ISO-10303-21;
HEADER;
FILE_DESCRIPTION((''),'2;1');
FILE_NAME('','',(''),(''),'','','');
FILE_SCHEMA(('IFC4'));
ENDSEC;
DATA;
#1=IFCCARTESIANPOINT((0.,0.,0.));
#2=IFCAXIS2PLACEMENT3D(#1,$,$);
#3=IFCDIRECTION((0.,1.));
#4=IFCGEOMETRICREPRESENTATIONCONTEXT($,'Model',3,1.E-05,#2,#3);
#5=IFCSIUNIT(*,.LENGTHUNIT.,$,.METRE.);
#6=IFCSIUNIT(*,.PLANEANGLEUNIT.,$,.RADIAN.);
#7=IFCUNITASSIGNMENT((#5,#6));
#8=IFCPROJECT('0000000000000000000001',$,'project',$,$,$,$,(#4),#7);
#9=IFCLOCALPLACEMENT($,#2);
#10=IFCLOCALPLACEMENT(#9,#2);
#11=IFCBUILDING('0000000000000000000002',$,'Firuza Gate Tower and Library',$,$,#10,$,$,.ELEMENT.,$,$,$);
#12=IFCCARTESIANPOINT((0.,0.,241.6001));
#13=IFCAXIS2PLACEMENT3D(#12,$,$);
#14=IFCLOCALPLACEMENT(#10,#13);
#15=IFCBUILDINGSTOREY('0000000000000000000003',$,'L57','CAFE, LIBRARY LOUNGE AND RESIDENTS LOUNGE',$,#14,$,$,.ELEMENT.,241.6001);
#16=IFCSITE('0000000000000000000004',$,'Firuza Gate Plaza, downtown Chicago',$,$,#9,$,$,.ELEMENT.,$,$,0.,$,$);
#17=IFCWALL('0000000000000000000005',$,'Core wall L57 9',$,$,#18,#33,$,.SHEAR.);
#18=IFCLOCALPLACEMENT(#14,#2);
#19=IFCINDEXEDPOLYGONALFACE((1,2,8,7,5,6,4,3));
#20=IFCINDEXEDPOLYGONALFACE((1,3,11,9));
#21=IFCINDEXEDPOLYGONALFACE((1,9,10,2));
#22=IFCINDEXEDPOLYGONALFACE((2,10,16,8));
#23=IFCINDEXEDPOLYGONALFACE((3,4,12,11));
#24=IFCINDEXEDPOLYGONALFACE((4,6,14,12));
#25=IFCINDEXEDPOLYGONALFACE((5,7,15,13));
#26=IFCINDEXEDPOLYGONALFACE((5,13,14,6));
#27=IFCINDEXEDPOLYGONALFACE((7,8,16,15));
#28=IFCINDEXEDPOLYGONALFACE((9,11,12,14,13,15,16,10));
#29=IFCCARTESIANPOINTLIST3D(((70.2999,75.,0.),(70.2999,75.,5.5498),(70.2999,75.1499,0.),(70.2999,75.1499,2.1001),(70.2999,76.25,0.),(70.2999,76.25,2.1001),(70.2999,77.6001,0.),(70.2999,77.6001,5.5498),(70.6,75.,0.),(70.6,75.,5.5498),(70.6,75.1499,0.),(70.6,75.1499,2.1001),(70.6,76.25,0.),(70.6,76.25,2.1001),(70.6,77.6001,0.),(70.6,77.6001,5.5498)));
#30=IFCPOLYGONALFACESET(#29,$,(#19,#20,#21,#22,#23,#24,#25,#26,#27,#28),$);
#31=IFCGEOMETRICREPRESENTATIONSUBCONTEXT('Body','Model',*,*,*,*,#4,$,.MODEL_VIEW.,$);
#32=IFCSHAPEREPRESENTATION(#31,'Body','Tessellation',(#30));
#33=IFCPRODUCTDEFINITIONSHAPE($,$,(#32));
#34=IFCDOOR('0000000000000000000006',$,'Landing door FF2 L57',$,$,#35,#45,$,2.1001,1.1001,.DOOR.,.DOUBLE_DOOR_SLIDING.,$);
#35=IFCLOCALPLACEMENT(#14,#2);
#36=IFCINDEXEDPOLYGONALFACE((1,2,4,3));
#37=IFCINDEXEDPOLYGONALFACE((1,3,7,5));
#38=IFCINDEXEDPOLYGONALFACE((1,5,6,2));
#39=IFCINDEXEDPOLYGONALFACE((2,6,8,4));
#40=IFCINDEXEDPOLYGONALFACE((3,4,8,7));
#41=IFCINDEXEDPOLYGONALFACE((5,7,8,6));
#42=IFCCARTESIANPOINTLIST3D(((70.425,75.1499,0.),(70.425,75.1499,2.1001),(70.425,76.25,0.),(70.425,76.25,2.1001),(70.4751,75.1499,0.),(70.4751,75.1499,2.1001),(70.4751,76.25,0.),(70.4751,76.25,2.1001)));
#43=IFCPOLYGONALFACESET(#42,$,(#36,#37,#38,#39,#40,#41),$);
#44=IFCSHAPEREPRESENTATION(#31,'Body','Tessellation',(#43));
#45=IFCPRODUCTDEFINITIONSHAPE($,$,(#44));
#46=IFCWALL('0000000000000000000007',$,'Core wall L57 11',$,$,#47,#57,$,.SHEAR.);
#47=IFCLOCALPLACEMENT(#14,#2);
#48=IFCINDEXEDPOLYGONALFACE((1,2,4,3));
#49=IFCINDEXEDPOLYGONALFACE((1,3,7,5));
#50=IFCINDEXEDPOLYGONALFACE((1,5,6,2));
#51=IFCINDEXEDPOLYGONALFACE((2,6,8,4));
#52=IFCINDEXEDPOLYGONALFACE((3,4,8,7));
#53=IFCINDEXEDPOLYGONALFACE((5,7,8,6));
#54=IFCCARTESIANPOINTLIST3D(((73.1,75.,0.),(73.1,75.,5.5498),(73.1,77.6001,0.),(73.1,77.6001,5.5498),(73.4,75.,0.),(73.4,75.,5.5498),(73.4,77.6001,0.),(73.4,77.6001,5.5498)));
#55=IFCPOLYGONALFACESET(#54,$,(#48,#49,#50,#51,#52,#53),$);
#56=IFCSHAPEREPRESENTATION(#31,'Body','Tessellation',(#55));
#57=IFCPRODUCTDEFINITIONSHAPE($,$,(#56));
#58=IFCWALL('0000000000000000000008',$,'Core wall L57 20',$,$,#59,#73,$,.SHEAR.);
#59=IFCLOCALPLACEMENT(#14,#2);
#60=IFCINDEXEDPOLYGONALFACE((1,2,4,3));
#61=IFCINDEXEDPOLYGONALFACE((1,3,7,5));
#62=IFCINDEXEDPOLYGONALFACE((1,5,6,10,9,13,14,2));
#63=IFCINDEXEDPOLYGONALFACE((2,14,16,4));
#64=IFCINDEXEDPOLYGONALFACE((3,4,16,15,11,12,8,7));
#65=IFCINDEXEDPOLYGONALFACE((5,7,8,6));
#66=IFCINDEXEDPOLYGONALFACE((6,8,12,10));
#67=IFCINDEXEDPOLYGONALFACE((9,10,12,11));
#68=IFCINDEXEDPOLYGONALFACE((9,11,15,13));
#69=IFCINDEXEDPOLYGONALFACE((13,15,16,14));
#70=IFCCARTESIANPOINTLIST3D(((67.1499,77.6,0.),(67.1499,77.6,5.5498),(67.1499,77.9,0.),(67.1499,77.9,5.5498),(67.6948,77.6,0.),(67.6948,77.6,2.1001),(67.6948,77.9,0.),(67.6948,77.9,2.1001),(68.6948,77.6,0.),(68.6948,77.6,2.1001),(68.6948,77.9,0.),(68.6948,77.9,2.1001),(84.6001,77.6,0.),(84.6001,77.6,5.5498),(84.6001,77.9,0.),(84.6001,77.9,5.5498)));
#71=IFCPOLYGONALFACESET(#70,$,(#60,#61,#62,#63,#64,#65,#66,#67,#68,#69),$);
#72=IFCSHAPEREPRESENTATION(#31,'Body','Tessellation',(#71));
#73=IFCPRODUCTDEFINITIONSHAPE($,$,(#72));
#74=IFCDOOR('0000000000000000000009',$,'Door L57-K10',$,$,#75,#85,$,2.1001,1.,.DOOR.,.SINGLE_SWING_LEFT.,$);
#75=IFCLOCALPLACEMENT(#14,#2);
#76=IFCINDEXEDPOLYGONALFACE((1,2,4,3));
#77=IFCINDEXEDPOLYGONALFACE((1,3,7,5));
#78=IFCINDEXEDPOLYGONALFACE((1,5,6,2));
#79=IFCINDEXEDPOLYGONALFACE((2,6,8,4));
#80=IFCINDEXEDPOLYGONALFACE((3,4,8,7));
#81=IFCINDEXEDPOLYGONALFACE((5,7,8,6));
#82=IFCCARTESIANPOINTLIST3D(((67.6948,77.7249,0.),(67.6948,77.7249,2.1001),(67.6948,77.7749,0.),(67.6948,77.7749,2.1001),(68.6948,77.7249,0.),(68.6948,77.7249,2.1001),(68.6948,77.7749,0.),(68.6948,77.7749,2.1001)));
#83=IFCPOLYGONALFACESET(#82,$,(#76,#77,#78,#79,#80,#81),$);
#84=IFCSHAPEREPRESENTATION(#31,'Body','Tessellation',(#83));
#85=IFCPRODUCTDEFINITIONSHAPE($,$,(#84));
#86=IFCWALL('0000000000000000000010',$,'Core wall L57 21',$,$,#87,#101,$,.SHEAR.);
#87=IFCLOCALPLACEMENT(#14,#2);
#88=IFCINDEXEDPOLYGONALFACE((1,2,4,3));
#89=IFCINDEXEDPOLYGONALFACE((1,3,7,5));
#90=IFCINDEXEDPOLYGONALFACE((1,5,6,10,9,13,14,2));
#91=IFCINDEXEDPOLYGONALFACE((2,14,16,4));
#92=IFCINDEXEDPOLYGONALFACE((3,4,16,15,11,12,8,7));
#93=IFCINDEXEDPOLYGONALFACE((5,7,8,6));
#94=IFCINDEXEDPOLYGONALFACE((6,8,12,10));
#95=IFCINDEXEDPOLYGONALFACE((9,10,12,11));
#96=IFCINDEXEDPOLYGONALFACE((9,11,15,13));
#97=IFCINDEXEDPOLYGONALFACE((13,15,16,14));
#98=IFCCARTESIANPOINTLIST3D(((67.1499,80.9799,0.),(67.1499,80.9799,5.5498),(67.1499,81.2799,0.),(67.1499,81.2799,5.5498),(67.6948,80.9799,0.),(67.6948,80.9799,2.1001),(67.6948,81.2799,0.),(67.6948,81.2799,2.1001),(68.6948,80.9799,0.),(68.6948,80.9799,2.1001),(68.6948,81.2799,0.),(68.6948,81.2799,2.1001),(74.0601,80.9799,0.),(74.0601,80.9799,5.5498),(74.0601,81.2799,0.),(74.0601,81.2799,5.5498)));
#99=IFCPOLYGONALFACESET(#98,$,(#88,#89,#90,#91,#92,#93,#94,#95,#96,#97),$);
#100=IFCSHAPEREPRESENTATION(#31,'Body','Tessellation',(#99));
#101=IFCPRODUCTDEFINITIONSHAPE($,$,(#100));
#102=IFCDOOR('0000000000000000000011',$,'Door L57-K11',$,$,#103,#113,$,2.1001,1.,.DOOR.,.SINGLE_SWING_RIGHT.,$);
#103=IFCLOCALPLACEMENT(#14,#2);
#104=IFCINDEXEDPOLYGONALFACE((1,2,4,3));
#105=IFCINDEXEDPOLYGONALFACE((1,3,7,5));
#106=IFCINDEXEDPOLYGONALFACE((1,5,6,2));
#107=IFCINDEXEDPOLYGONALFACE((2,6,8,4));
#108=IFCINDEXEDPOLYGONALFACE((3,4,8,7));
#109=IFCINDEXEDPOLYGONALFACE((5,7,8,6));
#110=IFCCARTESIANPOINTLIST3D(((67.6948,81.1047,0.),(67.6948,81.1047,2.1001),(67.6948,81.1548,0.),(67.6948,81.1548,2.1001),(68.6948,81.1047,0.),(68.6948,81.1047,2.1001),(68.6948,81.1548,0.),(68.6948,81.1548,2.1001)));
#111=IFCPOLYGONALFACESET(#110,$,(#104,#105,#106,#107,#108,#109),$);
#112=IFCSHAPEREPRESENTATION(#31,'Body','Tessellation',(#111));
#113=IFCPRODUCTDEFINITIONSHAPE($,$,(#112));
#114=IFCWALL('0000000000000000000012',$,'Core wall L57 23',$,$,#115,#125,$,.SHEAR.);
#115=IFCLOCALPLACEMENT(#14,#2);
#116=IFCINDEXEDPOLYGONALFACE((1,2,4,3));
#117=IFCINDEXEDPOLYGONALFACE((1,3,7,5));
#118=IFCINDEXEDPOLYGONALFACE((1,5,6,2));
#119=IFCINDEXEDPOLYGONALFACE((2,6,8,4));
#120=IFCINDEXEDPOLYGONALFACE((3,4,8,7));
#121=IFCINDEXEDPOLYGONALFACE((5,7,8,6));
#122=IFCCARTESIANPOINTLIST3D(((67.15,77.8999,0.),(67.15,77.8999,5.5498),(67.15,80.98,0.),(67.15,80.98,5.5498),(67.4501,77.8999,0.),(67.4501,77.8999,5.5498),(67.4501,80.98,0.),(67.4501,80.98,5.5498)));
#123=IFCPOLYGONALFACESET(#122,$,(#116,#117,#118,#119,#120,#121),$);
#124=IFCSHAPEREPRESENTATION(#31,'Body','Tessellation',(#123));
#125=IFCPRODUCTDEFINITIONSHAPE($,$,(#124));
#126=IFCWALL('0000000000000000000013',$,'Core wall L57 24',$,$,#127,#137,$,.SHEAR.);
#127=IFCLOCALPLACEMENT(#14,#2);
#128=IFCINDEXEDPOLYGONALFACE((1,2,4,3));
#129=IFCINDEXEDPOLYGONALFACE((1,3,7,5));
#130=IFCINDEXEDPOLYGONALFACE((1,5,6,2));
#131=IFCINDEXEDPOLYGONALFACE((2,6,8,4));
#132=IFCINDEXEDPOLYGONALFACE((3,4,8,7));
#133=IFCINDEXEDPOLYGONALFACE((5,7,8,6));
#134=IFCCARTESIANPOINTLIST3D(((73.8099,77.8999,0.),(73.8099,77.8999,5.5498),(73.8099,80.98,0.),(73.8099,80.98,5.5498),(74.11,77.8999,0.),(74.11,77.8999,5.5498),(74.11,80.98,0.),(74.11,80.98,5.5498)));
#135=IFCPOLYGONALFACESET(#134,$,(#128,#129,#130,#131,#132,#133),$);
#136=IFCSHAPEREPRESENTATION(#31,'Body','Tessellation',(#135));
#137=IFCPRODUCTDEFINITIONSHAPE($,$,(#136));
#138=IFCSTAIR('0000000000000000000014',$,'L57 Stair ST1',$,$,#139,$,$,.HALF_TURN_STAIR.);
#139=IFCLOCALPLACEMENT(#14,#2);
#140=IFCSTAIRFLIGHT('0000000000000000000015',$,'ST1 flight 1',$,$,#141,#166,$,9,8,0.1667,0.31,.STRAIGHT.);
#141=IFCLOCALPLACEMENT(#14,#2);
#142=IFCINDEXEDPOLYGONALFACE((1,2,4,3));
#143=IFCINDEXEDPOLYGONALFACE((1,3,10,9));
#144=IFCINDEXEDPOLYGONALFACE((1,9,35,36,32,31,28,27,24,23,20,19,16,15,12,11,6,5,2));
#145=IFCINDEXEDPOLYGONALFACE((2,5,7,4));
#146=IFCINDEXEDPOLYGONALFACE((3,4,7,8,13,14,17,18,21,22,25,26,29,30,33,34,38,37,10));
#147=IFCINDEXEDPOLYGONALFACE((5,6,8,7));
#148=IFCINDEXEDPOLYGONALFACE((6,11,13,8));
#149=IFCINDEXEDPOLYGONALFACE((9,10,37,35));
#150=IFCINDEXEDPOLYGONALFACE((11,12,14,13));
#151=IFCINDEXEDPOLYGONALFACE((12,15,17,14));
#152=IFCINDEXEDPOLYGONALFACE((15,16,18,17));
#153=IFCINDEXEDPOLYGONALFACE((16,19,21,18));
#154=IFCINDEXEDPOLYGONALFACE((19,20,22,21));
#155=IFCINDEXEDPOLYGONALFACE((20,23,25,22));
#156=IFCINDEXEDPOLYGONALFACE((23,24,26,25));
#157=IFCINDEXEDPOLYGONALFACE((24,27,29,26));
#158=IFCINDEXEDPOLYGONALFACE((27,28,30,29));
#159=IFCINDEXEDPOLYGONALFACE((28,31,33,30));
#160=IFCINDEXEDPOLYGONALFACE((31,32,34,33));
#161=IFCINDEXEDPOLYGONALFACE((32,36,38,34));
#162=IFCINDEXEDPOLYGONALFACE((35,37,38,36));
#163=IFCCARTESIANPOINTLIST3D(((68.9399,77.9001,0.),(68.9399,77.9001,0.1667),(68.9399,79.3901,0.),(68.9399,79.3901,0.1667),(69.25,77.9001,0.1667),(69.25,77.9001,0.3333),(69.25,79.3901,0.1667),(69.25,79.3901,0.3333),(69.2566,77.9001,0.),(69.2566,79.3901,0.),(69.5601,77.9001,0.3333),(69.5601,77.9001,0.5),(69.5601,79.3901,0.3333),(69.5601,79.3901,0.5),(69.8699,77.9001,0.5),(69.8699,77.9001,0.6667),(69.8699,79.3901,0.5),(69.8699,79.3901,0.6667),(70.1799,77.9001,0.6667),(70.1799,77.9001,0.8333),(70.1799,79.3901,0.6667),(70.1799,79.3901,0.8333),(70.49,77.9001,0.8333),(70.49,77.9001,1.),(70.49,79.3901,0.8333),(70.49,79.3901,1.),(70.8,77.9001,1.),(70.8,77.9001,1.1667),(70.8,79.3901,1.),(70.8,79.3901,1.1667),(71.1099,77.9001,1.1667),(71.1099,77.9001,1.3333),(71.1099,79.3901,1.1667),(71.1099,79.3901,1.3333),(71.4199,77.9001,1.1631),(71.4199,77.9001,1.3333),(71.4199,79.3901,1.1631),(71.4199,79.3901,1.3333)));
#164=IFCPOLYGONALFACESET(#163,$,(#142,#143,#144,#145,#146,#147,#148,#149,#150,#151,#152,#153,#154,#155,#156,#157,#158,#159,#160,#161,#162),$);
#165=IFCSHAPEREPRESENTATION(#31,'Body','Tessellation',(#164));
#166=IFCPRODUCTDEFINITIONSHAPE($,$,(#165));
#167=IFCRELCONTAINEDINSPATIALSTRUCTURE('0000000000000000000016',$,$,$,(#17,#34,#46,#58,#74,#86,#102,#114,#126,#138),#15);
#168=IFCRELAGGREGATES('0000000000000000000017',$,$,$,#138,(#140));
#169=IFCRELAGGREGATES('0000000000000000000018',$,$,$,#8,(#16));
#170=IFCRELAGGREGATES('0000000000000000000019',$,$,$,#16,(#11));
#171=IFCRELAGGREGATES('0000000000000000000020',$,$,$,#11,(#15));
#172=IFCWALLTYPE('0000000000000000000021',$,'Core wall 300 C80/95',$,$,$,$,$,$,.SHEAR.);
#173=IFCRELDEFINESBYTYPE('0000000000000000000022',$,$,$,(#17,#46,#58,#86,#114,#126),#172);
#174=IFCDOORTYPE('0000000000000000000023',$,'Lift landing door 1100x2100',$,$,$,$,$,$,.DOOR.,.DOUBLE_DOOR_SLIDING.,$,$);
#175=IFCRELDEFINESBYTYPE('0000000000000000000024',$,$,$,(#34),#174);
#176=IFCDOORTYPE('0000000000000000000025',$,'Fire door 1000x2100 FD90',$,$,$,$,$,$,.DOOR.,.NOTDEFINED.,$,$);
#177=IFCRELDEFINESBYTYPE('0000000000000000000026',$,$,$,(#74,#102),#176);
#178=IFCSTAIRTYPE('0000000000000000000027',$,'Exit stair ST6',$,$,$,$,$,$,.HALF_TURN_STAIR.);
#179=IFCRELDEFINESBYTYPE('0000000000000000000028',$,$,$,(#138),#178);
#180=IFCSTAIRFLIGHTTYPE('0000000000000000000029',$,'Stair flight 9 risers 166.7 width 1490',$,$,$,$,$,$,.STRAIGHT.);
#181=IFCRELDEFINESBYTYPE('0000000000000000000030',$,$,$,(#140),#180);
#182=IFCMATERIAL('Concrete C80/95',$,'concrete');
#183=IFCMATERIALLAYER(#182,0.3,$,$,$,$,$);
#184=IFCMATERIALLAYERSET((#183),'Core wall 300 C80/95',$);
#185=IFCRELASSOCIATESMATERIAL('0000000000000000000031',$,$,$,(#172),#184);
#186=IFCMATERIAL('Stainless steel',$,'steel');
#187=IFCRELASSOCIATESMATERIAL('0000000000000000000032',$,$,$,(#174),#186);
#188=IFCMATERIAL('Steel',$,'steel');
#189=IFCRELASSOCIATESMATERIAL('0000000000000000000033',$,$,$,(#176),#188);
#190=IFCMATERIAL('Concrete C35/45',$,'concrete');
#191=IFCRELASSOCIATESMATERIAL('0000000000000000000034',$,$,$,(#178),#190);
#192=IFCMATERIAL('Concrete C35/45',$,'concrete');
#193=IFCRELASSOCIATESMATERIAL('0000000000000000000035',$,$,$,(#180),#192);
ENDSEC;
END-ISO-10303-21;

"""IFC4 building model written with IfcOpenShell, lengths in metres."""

from ifc_helpers import new_model, si_unit, direction, frame, frame_2d, origin, place, context, subcontext, project, spatial, polyline, rectangle, outline, extrude, material, layer, layer_set, type_object, element, fill, aggregate, save


model = new_model("IFC4")

# Units and contexts
model_context = context("Model", 3, precision=1e-05, world=origin(), true_north=direction((0.0, 1.0)))
body_context = subcontext(model_context, "Body", "Model", "MODEL_VIEW")
ifc_project = project(units=[si_unit("LENGTHUNIT", "METRE"), si_unit("PLANEANGLEUNIT", "RADIAN")], contexts=[model_context])

# Site, building, storey
site_placement = place(None, origin())
site = spatial("IfcSite", under=ifc_project, at=site_placement, Name="Firuza Gate Plaza, downtown Chicago", CompositionType="ELEMENT", RefElevation=0.0)
building_placement = place(site_placement, origin())
building = spatial("IfcBuilding", under=site, at=building_placement, Name="Firuza Gate Tower and Library", CompositionType="ELEMENT")
storey_placement = place(building_placement, frame((0.0, 0.0, 241.6001)))
storey = spatial("IfcBuildingStorey", under=building, at=storey_placement, Name="L57", Description="CAFE, LIBRARY LOUNGE AND RESIDENTS LOUNGE", CompositionType="ELEMENT", Elevation=241.6001)

# Shared definitions
ifc_material_1 = material(Name="Concrete C80/95", Category="concrete")
ifc_layer_1 = layer(ifc_material_1, 0.3)
ifc_layer_set_1 = layer_set([ifc_layer_1], Name="Core wall 300 C80/95")
wall_type_1 = type_object("IfcWallType", Name="Core wall 300 C80/95", PredefinedType="SHEAR", material=ifc_layer_set_1)
ifc_material_2 = material(Name="Stainless steel", Category="steel")
door_type_1 = type_object("IfcDoorType", Name="Lift landing door 1100x2100", OperationType="DOUBLE_DOOR_SLIDING", PredefinedType="DOOR", material=ifc_material_2)

# Wall, opening, door
wall_1_placement = place(storey_placement, frame((70.45, 75.0, 0.0), z_axis=(0.0, 0.0, 1.0), x_axis=(0.0, 1.0, 0.0)))
wall_1 = element("IfcWall", 1, at=wall_1_placement, inside=storey, type_object=wall_type_1, Name="Core wall L57 9", PredefinedType="SHEAR", context=body_context, shape_type="SweptSolid", body=[
    extrude(rectangle(XDim=2.6001, YDim=0.3, at=frame_2d((1.3, 0.0))), origin(), (0.0, 0.0, 1.0), 5.5498),
])
opening_1_placement = place(wall_1_placement, frame((0.1499, 0.0, 0.0)))
opening_1 = element("IfcOpeningElement", 2, at=opening_1_placement, cuts=wall_1, PredefinedType="OPENING", context=body_context, shape_type="SweptSolid", body=[
    extrude(rectangle(XDim=1.1001, YDim=2.1001, at=frame_2d((0.55, 1.05))), frame((0.0, 0.1602, 0.0), z_axis=(0.0, -1.0, 0.0), x_axis=(1.0, 0.0, 0.0)), (0.0, 0.0, 1.0), 0.3201),
])
door_1_placement = place(opening_1_placement, origin())
door_1 = element("IfcDoor", 3, at=door_1_placement, inside=storey, type_object=door_type_1, Name="Landing door FF2 L57", OperationType="DOUBLE_DOOR_SLIDING", OverallHeight=2.1001, OverallWidth=1.1001, PredefinedType="DOOR", context=body_context, shape_type="SweptSolid", body=[
    extrude(rectangle(XDim=1.1001, YDim=2.1001, at=frame_2d((0.55, 1.05))), frame((0.0, 0.0249, 0.0), z_axis=(0.0, -1.0, 0.0), x_axis=(1.0, 0.0, 0.0)), (0.0, 0.0, 1.0), 0.05),
])
fill(opening_1, door_1)

# Wall
wall_2_placement = place(storey_placement, frame((73.25, 75.0, 0.0), z_axis=(0.0, 0.0, 1.0), x_axis=(0.0, 1.0, 0.0)))
element("IfcWall", 4, at=wall_2_placement, inside=storey, type_object=wall_type_1, Name="Core wall L57 11", PredefinedType="SHEAR", context=body_context, shape_type="SweptSolid", body=[
    extrude(rectangle(XDim=2.6001, YDim=0.3, at=frame_2d((1.3, 0.0))), origin(), (0.0, 0.0, 1.0), 5.5498),
])

# Walls, openings, doors
wall_3_placement = place(storey_placement, frame((67.1499, 77.75, 0.0), z_axis=(0.0, 0.0, 1.0), x_axis=(1.0, 0.0, 0.0)))
wall_3 = element("IfcWall", 5, at=wall_3_placement, inside=storey, type_object=wall_type_1, Name="Core wall L57 20", PredefinedType="SHEAR", context=body_context, shape_type="SweptSolid", body=[
    extrude(rectangle(XDim=17.4502, YDim=0.3, at=frame_2d((8.7251, 0.0))), origin(), (0.0, 0.0, 1.0), 5.5498),
])
opening_2_placement = place(wall_3_placement, frame((0.5449, 0.0, 0.0)))
opening_2 = element("IfcOpeningElement", 6, at=opening_2_placement, cuts=wall_3, PredefinedType="OPENING", context=body_context, shape_type="SweptSolid", body=[
    extrude(rectangle(XDim=1.0, YDim=2.1001, at=frame_2d((0.5, 1.05))), frame((0.0, 0.1602, 0.0), z_axis=(0.0, -1.0, 0.0), x_axis=(1.0, 0.0, 0.0)), (0.0, 0.0, 1.0), 0.3201),
])
ifc_material_3 = material(Name="Steel", Category="steel")
door_type_2 = type_object("IfcDoorType", Name="Fire door 1000x2100 FD90", OperationType="NOTDEFINED", PredefinedType="DOOR", material=ifc_material_3)
door_2_placement = place(opening_2_placement, origin())
door_2 = element("IfcDoor", 7, at=door_2_placement, inside=storey, type_object=door_type_2, Name="Door L57-K10", OperationType="SINGLE_SWING_LEFT", OverallHeight=2.1001, OverallWidth=1.0, PredefinedType="DOOR", context=body_context, shape_type="SweptSolid", body=[
    extrude(rectangle(XDim=1.0, YDim=2.1001, at=frame_2d((0.5, 1.05))), frame((0.0, 0.0249, 0.0), z_axis=(0.0, -1.0, 0.0), x_axis=(1.0, 0.0, 0.0)), (0.0, 0.0, 1.0), 0.05),
])
fill(opening_2, door_2)
wall_4_placement = place(storey_placement, frame((67.1499, 81.1299, 0.0), z_axis=(0.0, 0.0, 1.0), x_axis=(1.0, 0.0, 0.0)))
wall_4 = element("IfcWall", 8, at=wall_4_placement, inside=storey, type_object=wall_type_1, Name="Core wall L57 21", PredefinedType="SHEAR", context=body_context, shape_type="SweptSolid", body=[
    extrude(rectangle(XDim=6.9102, YDim=0.3, at=frame_2d((3.4551, 0.0))), origin(), (0.0, 0.0, 1.0), 5.5498),
])
opening_3_placement = place(wall_4_placement, frame((0.5449, 0.0, 0.0)))
opening_3 = element("IfcOpeningElement", 9, at=opening_3_placement, cuts=wall_4, PredefinedType="OPENING", context=body_context, shape_type="SweptSolid", body=[
    extrude(rectangle(XDim=1.0, YDim=2.1001, at=frame_2d((0.5, 1.05))), frame((0.0, 0.1602, 0.0), z_axis=(0.0, -1.0, 0.0), x_axis=(1.0, 0.0, 0.0)), (0.0, 0.0, 1.0), 0.3201),
])
door_3_placement = place(opening_3_placement, origin())
door_3 = element("IfcDoor", 10, at=door_3_placement, inside=storey, type_object=door_type_2, Name="Door L57-K11", OperationType="SINGLE_SWING_RIGHT", OverallHeight=2.1001, OverallWidth=1.0, PredefinedType="DOOR", context=body_context, shape_type="SweptSolid", body=[
    extrude(rectangle(XDim=1.0, YDim=2.1001, at=frame_2d((0.5, 1.05))), frame((0.0, 0.0249, 0.0), z_axis=(0.0, -1.0, 0.0), x_axis=(1.0, 0.0, 0.0)), (0.0, 0.0, 1.0), 0.05),
])
fill(opening_3, door_3)

# Walls
for number, where, z_axis, x_axis, name in (
    (11, (67.3, 77.8999, 0.0), (0.0, 0.0, 1.0), (0.0, 1.0, 0.0), "Core wall L57 23"),
    (12, (73.96, 77.8999, 0.0), (0.0, 0.0, 1.0), (0.0, 1.0, 0.0), "Core wall L57 24"),
):
    element("IfcWall", number, at=place(storey_placement, frame(where, z_axis=z_axis, x_axis=x_axis)), inside=storey, type_object=wall_type_1, Name=name, PredefinedType="SHEAR", context=body_context, shape_type="SweptSolid", body=[
        extrude(rectangle(XDim=3.0801, YDim=0.3, at=frame_2d((1.54, 0.0))), origin(), (0.0, 0.0, 1.0), 5.5498),
    ])

# Stair, stair flight
ifc_material_4 = material(Name="Concrete C35/45", Category="concrete")
stair_type = type_object("IfcStairType", Name="Exit stair ST6", PredefinedType="HALF_TURN_STAIR", material=ifc_material_4)
stair_placement = place(storey_placement, origin())
stair = element("IfcStair", 13, at=stair_placement, inside=storey, type_object=stair_type, Name="L57 Stair ST1", PredefinedType="HALF_TURN_STAIR")
ifc_material_5 = material(Name="Concrete C35/45", Category="concrete")
stair_flight_type = type_object("IfcStairFlightType", Name="Stair flight 9 risers 166.7 width 1490", PredefinedType="STRAIGHT", material=ifc_material_5)
stair_flight_1_placement = place(storey_placement, frame((68.9399, 78.645, 0.0), z_axis=(0.0, 0.0, 1.0), x_axis=(1.0, 0.0, 0.0)))
stair_flight_1 = element("IfcStairFlight", 14, at=stair_flight_1_placement, type_object=stair_flight_type, Name="ST1 flight 1", NumberOfRisers=9, NumberOfTreads=8, PredefinedType="STRAIGHT", RiserHeight=0.1667, TreadLength=0.31, context=body_context, shape_type="SweptSolid", body=[
    extrude(outline(polyline([(0.0, 0.0), (0.0, 0.1667), (0.3101, 0.1667), (0.3101, 0.3333), (0.6201, 0.3333), (0.6201, 0.5), (0.9299, 0.5), (0.9299, 0.6667), (1.24, 0.6667), (1.24, 0.8333), (1.55, 0.8333), (1.55, 1.0), (1.8601, 1.0), (1.8601, 1.1667), (2.1699, 1.1667), (2.1699, 1.3333), (2.48, 1.3333), (2.48, 1.5), (2.48, 1.1631), (0.3167, 0.0), (0.0, 0.0)])), frame((0.0, 0.7451, 0.0), z_axis=(0.0, -1.0, 0.0), x_axis=(1.0, 0.0, 0.0)), (0.0, 0.0, 1.0), 1.49),
])
aggregate(stair, [stair_flight_1])

save(model, "model.ifc")
